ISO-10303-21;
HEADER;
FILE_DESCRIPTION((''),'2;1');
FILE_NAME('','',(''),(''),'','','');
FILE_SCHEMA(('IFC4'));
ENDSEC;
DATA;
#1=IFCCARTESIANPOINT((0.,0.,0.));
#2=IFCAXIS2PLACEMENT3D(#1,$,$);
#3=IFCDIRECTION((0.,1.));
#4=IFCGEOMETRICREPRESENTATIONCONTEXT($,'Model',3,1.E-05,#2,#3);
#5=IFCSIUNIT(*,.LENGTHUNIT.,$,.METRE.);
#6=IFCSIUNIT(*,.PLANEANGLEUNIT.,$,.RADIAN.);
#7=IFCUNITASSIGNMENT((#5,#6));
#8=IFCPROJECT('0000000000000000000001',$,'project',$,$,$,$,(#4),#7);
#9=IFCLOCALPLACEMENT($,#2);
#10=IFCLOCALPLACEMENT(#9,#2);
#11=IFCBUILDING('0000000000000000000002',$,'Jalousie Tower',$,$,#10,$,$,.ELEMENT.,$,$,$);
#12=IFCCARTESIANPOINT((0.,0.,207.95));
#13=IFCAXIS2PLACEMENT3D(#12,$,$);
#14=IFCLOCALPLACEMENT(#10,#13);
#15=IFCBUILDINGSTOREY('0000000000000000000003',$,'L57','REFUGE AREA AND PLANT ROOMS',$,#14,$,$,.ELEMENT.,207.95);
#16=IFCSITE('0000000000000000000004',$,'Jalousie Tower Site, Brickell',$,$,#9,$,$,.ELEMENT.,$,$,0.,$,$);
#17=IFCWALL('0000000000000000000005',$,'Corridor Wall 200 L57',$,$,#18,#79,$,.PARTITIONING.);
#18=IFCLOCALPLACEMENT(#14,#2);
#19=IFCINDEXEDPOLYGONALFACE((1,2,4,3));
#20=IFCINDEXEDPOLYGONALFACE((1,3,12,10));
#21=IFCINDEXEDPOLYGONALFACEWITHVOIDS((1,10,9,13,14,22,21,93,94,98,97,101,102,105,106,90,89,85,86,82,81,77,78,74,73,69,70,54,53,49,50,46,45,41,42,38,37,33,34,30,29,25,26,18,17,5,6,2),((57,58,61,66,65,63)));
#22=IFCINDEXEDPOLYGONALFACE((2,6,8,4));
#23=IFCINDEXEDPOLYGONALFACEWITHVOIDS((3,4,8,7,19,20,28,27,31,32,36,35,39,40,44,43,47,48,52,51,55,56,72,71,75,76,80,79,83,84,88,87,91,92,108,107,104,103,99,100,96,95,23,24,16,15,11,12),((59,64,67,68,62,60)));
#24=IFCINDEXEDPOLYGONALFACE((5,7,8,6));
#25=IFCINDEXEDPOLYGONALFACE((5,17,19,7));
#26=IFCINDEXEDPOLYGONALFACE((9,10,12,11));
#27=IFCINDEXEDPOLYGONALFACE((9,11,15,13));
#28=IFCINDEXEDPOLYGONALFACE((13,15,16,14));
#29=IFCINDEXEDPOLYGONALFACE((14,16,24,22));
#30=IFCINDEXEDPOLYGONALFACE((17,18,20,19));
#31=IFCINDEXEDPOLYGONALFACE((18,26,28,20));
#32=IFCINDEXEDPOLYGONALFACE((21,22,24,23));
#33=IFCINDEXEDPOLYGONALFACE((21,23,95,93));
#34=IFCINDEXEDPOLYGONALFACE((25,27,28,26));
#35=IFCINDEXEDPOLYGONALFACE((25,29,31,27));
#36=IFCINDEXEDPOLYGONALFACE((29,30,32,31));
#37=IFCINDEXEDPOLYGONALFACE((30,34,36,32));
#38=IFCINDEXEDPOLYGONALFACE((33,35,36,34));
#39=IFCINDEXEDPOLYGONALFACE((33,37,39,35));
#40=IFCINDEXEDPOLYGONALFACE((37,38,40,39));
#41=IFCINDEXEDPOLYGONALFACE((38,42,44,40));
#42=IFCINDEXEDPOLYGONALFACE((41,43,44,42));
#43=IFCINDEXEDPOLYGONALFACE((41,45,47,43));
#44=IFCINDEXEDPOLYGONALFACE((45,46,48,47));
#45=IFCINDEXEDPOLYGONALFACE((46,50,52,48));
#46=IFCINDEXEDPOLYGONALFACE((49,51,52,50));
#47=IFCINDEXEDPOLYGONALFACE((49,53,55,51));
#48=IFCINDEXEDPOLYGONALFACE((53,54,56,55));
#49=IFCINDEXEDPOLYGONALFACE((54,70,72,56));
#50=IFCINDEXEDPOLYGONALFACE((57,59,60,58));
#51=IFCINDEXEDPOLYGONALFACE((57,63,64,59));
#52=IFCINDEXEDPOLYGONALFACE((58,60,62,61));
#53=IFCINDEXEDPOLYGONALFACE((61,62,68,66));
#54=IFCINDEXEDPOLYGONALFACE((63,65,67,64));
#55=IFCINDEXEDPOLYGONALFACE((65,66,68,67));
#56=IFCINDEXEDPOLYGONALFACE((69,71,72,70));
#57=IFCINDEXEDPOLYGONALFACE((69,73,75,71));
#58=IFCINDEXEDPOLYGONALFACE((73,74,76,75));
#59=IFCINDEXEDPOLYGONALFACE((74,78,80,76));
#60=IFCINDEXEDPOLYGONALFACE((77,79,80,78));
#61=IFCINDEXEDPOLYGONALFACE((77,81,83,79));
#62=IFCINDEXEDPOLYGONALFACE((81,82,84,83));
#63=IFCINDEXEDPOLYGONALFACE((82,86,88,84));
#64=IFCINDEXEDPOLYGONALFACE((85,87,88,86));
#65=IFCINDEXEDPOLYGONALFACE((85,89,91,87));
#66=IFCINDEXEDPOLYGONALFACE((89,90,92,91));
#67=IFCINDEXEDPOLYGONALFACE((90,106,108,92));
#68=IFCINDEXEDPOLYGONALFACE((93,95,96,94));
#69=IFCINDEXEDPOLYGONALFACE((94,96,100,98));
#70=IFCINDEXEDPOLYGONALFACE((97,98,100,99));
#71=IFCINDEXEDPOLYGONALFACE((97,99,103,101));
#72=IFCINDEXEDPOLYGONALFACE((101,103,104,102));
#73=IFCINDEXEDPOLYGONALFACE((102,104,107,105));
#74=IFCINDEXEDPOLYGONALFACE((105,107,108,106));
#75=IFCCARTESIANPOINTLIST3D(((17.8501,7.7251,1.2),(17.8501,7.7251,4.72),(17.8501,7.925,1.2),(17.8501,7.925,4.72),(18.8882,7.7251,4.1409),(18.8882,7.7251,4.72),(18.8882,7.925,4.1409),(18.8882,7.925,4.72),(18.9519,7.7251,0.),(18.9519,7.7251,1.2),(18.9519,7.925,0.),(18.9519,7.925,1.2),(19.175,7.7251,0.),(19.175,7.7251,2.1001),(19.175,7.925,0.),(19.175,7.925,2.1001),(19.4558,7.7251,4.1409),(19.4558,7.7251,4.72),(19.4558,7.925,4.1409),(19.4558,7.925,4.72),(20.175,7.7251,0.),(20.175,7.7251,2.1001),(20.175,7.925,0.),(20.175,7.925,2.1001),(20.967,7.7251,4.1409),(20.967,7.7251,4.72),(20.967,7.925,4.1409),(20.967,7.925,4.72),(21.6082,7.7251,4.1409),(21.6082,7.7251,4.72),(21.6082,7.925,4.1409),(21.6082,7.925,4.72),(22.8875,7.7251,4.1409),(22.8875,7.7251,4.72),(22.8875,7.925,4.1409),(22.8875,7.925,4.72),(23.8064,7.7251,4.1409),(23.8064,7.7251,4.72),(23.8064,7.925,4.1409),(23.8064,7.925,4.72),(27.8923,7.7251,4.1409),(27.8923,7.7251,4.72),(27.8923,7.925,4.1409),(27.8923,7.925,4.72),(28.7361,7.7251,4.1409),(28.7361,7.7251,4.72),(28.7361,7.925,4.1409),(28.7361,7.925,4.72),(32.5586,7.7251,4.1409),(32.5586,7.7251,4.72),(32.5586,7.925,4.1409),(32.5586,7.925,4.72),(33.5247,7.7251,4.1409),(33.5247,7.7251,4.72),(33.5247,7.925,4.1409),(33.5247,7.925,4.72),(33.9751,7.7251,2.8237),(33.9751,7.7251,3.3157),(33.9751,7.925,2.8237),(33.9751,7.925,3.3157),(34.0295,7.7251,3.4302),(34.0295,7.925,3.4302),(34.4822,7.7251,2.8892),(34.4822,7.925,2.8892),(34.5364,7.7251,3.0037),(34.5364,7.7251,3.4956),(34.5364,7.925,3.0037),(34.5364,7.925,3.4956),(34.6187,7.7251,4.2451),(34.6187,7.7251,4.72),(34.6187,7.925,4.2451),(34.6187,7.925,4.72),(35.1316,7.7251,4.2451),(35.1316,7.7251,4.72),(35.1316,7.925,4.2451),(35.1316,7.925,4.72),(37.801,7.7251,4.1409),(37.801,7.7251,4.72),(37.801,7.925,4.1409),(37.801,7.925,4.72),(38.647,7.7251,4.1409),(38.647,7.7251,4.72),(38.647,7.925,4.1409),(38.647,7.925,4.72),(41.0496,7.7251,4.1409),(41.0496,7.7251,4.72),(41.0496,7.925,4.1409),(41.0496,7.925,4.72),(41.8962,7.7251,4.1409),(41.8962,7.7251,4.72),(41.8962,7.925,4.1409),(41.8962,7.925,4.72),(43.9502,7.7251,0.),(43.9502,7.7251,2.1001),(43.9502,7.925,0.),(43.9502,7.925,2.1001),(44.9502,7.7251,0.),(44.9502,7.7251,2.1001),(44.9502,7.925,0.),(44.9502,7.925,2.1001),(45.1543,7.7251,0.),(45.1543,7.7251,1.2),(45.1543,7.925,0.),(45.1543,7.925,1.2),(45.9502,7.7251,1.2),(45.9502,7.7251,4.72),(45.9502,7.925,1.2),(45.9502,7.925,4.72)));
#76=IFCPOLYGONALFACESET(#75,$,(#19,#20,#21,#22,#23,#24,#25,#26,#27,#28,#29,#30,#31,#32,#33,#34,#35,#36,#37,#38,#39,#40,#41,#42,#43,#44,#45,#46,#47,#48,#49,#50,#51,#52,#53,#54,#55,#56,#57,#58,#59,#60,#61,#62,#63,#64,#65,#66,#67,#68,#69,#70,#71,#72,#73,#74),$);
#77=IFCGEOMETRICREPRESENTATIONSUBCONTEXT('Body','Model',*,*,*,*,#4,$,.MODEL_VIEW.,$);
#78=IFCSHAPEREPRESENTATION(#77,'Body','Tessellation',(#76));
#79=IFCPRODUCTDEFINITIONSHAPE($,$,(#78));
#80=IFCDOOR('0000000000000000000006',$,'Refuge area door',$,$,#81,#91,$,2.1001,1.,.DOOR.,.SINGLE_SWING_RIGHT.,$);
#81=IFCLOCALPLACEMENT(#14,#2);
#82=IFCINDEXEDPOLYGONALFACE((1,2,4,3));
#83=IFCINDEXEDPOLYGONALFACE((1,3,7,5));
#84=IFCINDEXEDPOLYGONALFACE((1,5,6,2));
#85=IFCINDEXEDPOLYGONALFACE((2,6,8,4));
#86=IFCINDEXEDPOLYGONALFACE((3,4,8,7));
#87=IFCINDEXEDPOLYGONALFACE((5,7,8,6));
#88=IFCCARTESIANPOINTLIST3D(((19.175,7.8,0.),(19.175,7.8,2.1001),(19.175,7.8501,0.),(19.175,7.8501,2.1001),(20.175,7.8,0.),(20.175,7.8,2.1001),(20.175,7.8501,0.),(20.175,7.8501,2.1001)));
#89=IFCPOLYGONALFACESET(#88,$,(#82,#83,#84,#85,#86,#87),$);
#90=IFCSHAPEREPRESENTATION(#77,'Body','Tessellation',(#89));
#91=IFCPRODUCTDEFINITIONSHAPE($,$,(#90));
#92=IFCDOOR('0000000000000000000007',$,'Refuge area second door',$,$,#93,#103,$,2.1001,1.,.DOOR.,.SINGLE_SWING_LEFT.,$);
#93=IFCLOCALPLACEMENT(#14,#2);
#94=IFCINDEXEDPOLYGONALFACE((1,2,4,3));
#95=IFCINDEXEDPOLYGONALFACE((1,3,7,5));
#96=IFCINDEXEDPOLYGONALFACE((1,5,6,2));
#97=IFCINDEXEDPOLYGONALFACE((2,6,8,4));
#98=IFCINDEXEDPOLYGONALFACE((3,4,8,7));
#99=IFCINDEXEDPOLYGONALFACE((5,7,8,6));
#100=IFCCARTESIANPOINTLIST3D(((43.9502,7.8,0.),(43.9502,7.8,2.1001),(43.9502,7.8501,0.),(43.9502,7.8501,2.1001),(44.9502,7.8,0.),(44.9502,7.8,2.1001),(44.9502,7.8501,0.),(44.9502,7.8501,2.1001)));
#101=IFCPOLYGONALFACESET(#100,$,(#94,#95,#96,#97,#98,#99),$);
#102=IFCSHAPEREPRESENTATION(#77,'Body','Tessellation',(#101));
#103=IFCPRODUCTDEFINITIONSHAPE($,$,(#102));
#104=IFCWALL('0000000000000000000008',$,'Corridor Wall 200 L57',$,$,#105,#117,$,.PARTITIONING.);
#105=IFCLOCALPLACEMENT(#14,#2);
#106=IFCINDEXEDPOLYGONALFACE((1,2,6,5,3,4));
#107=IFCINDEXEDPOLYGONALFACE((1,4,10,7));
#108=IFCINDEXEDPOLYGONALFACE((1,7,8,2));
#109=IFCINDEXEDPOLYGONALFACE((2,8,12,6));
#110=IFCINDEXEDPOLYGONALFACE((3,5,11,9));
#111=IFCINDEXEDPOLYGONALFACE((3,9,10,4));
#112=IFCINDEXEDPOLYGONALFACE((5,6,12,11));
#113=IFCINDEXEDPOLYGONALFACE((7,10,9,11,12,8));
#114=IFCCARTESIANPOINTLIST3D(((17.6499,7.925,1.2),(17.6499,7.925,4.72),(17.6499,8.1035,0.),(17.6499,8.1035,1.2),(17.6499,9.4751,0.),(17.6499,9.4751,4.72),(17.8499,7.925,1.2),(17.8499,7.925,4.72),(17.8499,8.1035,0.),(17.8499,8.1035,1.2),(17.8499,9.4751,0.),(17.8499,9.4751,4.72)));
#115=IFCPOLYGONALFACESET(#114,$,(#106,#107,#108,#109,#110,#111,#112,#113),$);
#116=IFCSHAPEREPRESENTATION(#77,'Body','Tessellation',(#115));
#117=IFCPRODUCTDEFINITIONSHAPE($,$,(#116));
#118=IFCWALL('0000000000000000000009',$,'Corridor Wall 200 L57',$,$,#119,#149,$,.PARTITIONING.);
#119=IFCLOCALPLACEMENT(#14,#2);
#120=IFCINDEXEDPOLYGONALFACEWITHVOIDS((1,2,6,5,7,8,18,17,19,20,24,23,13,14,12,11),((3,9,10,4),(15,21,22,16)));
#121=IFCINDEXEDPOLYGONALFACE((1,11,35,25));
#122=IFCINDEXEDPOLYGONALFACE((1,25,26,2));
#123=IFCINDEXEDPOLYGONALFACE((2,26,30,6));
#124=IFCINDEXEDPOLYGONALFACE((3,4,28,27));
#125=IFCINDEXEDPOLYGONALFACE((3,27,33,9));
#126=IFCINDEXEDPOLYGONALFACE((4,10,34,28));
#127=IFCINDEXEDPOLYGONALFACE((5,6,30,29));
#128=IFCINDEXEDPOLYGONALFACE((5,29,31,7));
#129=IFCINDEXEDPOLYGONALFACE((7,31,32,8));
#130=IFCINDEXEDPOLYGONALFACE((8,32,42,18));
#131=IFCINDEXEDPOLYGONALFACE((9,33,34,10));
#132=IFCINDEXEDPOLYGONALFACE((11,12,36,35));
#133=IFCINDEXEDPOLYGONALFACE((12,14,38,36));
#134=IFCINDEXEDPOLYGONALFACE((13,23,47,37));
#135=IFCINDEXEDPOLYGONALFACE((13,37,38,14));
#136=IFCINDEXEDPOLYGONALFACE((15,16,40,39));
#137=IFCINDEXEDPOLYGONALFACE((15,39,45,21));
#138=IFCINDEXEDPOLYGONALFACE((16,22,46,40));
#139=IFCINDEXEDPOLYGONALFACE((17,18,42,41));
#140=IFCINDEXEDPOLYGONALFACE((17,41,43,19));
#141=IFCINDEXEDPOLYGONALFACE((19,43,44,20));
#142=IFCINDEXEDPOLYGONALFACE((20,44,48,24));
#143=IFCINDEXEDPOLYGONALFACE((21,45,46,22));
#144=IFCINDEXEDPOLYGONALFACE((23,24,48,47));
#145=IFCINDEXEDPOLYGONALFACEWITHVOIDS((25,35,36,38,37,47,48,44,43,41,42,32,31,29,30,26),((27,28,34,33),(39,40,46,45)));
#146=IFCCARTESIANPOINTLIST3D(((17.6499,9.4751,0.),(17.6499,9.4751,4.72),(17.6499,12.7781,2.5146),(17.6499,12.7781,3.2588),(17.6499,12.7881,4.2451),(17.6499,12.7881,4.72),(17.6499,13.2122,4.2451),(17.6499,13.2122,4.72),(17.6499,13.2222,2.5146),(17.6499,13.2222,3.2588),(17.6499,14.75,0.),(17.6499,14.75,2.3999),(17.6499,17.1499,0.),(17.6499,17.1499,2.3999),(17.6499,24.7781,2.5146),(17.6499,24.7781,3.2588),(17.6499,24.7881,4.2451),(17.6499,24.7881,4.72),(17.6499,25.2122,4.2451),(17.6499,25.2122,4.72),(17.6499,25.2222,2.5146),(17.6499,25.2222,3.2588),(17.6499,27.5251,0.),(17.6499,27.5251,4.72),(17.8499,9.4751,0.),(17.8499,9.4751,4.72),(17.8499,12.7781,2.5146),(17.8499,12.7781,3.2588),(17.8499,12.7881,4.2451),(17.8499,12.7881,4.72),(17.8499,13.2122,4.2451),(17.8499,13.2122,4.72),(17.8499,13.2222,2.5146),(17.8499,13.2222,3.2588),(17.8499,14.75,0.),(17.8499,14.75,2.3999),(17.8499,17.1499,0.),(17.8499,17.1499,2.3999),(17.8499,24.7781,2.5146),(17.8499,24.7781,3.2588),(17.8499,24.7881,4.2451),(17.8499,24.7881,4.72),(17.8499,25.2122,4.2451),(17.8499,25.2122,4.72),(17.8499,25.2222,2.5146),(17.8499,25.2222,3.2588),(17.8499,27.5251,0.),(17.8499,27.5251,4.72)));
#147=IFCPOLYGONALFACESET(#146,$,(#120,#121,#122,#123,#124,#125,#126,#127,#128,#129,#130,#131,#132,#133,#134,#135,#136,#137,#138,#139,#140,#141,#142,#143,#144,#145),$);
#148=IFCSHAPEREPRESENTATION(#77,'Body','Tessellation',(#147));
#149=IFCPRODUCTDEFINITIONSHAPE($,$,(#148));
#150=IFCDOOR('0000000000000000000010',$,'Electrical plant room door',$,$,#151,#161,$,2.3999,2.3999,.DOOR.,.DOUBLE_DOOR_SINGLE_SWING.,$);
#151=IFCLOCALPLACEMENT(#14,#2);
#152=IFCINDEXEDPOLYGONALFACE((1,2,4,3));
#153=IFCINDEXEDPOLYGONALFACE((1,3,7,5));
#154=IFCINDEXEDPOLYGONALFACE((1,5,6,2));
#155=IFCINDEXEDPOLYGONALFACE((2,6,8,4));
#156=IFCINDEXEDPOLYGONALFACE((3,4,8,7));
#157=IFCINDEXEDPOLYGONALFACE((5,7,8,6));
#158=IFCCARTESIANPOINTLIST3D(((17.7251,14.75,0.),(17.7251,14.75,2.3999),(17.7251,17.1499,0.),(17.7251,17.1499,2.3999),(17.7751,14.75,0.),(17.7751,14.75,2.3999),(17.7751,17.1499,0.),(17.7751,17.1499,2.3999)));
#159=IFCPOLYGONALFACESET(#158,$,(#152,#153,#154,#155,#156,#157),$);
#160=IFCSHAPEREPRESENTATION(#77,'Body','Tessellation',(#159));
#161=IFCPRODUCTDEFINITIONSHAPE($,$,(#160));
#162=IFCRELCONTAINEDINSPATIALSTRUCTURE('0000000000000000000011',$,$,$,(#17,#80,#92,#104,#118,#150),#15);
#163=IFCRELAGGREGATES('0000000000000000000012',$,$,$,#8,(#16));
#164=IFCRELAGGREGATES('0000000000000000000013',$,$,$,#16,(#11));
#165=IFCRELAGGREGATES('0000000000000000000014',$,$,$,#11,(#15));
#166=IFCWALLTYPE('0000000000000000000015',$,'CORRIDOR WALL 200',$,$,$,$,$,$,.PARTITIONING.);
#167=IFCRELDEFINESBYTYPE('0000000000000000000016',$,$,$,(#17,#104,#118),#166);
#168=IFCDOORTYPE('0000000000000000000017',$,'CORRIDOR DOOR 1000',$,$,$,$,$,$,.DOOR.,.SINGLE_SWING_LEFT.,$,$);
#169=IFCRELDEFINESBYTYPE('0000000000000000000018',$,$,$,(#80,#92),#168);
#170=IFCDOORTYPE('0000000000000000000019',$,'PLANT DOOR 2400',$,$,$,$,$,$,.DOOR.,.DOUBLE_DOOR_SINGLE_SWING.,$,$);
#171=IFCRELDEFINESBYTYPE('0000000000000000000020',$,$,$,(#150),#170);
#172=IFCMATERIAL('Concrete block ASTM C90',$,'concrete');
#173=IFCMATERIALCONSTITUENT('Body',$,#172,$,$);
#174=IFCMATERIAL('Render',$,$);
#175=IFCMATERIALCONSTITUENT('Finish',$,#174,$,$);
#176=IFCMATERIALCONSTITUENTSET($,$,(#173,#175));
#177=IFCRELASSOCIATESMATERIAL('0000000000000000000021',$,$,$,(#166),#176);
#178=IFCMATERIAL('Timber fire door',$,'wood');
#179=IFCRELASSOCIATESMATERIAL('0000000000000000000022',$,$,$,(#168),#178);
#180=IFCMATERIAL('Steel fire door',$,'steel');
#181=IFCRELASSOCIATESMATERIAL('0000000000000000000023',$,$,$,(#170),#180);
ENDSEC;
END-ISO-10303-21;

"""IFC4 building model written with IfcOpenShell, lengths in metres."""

from ifc_helpers import new_model, si_unit, direction, frame, frame_2d, origin, place, context, subcontext, project, spatial, polyline, rectangle, outline, extrude, material, constituent, constituent_set, type_object, element, fill, save


model = new_model("IFC4")

# Units and contexts
model_context = context("Model", 3, precision=1e-05, world=origin(), true_north=direction((0.0, 1.0)))
body_context = subcontext(model_context, "Body", "Model", "MODEL_VIEW")
ifc_project = project(units=[si_unit("LENGTHUNIT", "METRE"), si_unit("PLANEANGLEUNIT", "RADIAN")], contexts=[model_context])

# Site, building, storey
site_placement = place(None, origin())
site = spatial("IfcSite", under=ifc_project, at=site_placement, Name="Jalousie Tower Site, Brickell", CompositionType="ELEMENT", RefElevation=0.0)
building_placement = place(site_placement, origin())
building = spatial("IfcBuilding", under=site, at=building_placement, Name="Jalousie Tower", CompositionType="ELEMENT")
storey_placement = place(building_placement, frame((0.0, 0.0, 207.95)))
storey = spatial("IfcBuildingStorey", under=building, at=storey_placement, Name="L57", Description="REFUGE AREA AND PLANT ROOMS", CompositionType="ELEMENT", Elevation=207.95)

# Wall, openings, doors
ifc_material_1 = material(Name="Concrete block ASTM C90", Category="concrete")
ifc_constituent_1 = constituent(ifc_material_1, Name="Body")
ifc_material_2 = material(Name="Render")
ifc_constituent_2 = constituent(ifc_material_2, Name="Finish")
ifc_constituent_set_1 = constituent_set(constituents=[ifc_constituent_1, ifc_constituent_2])
wall_type_1 = type_object("IfcWallType", Name="CORRIDOR WALL 200", PredefinedType="PARTITIONING", material=ifc_constituent_set_1)
wall_1_placement = place(storey_placement, frame((17.8501, 7.825, 0.0), z_axis=(0.0, 0.0, 1.0), x_axis=(1.0, 0.0, 0.0)))
wall_1 = element("IfcWall", 1, at=wall_1_placement, inside=storey, type_object=wall_type_1, Name="Corridor Wall 200 L57", PredefinedType="PARTITIONING", context=body_context, shape_type="SweptSolid", body=[
    extrude(outline(polyline([(28.1001, 1.2), (28.1001, 4.72), (24.0461, 4.72), (24.0461, 4.1409), (23.1995, 4.1409), (23.1995, 4.72), (20.7969, 4.72), (20.7969, 4.1409), (19.9509, 4.1409), (19.9509, 4.72), (17.2815, 4.72), (17.2815, 4.2451), (16.7686, 4.2451), (16.7686, 4.72), (15.6746, 4.72), (15.6746, 4.1409), (14.7085, 4.1409), (14.7085, 4.72), (10.886, 4.72), (10.886, 4.1409), (10.0422, 4.1409), (10.0422, 4.72), (5.9563, 4.72), (5.9563, 4.1409), (5.0374, 4.1409), (5.0374, 4.72), (3.7581, 4.72), (3.7581, 4.1409), (3.1169, 4.1409), (3.1169, 4.72), (1.6057, 4.72), (1.6057, 4.1409), (1.0381, 4.1409), (1.0381, 4.72), (0.0, 4.72), (0.0, 1.2), (1.1018, 1.2), (1.1018, 0.0), (27.3042, 0.0), (27.3042, 1.2), (28.1001, 1.2)]), holes=[polyline([(16.1794, 3.4302), (16.6863, 3.4956), (16.6863, 3.0037), (16.6321, 2.8892), (16.125, 2.8237), (16.125, 3.3157), (16.1794, 3.4302)])]), frame((0.0, 0.1001, 0.0), z_axis=(0.0, -1.0, 0.0), x_axis=(1.0, 0.0, 0.0)), (0.0, 0.0, 1.0), 0.2),
])
opening_1_placement = place(wall_1_placement, frame((1.325, 0.0, 0.0)))
opening_1 = element("IfcOpeningElement", 2, at=opening_1_placement, cuts=wall_1, PredefinedType="OPENING", context=body_context, shape_type="SweptSolid", body=[
    extrude(rectangle(XDim=1.0, YDim=2.1001, at=frame_2d((0.5, 1.05))), frame((0.0, 0.1099, 0.0), z_axis=(0.0, -1.0, 0.0), x_axis=(1.0, 0.0, 0.0)), (0.0, 0.0, 1.0), 0.22),
])
opening_2_placement = place(wall_1_placement, frame((26.1001, 0.0, 0.0)))
opening_2 = element("IfcOpeningElement", 3, at=opening_2_placement, cuts=wall_1, PredefinedType="OPENING", context=body_context, shape_type="SweptSolid", body=[
    extrude(rectangle(XDim=1.0, YDim=2.1001, at=frame_2d((0.5, 1.05))), frame((0.0, 0.1099, 0.0), z_axis=(0.0, -1.0, 0.0), x_axis=(1.0, 0.0, 0.0)), (0.0, 0.0, 1.0), 0.22),
])
ifc_material_3 = material(Name="Timber fire door", Category="wood")
door_type_1 = type_object("IfcDoorType", Name="CORRIDOR DOOR 1000", OperationType="SINGLE_SWING_LEFT", PredefinedType="DOOR", material=ifc_material_3)
door_1_placement = place(opening_1_placement, frame((1.0, 0.0, 0.0), z_axis=(0.0, 0.0, 1.0), x_axis=(-1.0, 0.0, 0.0)))
door_1 = element("IfcDoor", 4, at=door_1_placement, inside=storey, type_object=door_type_1, Name="Refuge area door", OperationType="SINGLE_SWING_RIGHT", OverallHeight=2.1001, OverallWidth=1.0, PredefinedType="DOOR", context=body_context, shape_type="SweptSolid", body=[
    extrude(rectangle(XDim=1.0, YDim=2.1001, at=frame_2d((0.5, 1.05))), frame((0.0, 0.0249, 0.0), z_axis=(0.0, -1.0, 0.0), x_axis=(1.0, 0.0, 0.0)), (0.0, 0.0, 1.0), 0.05),
])
fill(opening_1, door_1)
door_2_placement = place(opening_2_placement, frame((1.0, 0.0, 0.0), z_axis=(0.0, 0.0, 1.0), x_axis=(-1.0, 0.0, 0.0)))
door_2 = element("IfcDoor", 5, at=door_2_placement, inside=storey, type_object=door_type_1, Name="Refuge area second door", OperationType="SINGLE_SWING_LEFT", OverallHeight=2.1001, OverallWidth=1.0, PredefinedType="DOOR", context=body_context, shape_type="SweptSolid", body=[
    extrude(rectangle(XDim=1.0, YDim=2.1001, at=frame_2d((0.5, 1.05))), frame((0.0, 0.0249, 0.0), z_axis=(0.0, -1.0, 0.0), x_axis=(1.0, 0.0, 0.0)), (0.0, 0.0, 1.0), 0.05),
])
fill(opening_2, door_2)

# Wall
wall_2_placement = place(storey_placement, frame((17.75, 7.925, 0.0), z_axis=(0.0, 0.0, 1.0), x_axis=(0.0, 1.0, 0.0)))
element("IfcWall", 6, at=wall_2_placement, inside=storey, type_object=wall_type_1, Name="Corridor Wall 200 L57", PredefinedType="PARTITIONING", context=body_context, shape_type="SweptSolid", body=[
    extrude(outline(polyline([(1.55, 4.72), (0.0, 4.72), (0.0, 1.2), (0.1785, 1.2), (0.1785, 0.0), (1.55, 0.0), (1.55, 4.72)])), frame((0.0, 0.1001, 0.0), z_axis=(0.0, -1.0, 0.0), x_axis=(1.0, 0.0, 0.0)), (0.0, 0.0, 1.0), 0.2),
])

# Wall, opening, door
wall_3_placement = place(storey_placement, frame((17.75, 9.4751, 0.0), z_axis=(0.0, 0.0, 1.0), x_axis=(0.0, 1.0, 0.0)))
wall_3 = element("IfcWall", 7, at=wall_3_placement, inside=storey, type_object=wall_type_1, Name="Corridor Wall 200 L57", PredefinedType="PARTITIONING", context=body_context, shape_type="SweptSolid", body=[
    extrude(outline(polyline([(18.05, 0.0), (18.05, 4.72), (15.7371, 4.72), (15.7371, 4.2451), (15.313, 4.2451), (15.313, 4.72), (3.7371, 4.72), (3.7371, 4.2451), (3.313, 4.2451), (3.313, 4.72), (0.0, 4.72), (0.0, 0.0), (18.05, 0.0)]), holes=[polyline([(3.303, 2.5146), (3.303, 3.2588), (3.7471, 3.2588), (3.7471, 2.5146), (3.303, 2.5146)]), polyline([(15.303, 2.5146), (15.303, 3.2588), (15.7471, 3.2588), (15.7471, 2.5146), (15.303, 2.5146)])]), frame((0.0, 0.1001, 0.0), z_axis=(0.0, -1.0, 0.0), x_axis=(1.0, 0.0, 0.0)), (0.0, 0.0, 1.0), 0.2),
])
opening_3_placement = place(wall_3_placement, frame((5.2749, 0.0, 0.0)))
opening_3 = element("IfcOpeningElement", 8, at=opening_3_placement, cuts=wall_3, PredefinedType="OPENING", context=body_context, shape_type="SweptSolid", body=[
    extrude(rectangle(XDim=2.3999, YDim=2.3999, at=frame_2d((1.2, 1.2))), frame((0.0, 0.1099, 0.0), z_axis=(0.0, -1.0, 0.0), x_axis=(1.0, 0.0, 0.0)), (0.0, 0.0, 1.0), 0.22),
])
ifc_material_4 = material(Name="Steel fire door", Category="steel")
door_type_2 = type_object("IfcDoorType", Name="PLANT DOOR 2400", OperationType="DOUBLE_DOOR_SINGLE_SWING", PredefinedType="DOOR", material=ifc_material_4)
door_3_placement = place(opening_3_placement, origin())
door_3 = element("IfcDoor", 9, at=door_3_placement, inside=storey, type_object=door_type_2, Name="Electrical plant room door", OperationType="DOUBLE_DOOR_SINGLE_SWING", OverallHeight=2.3999, OverallWidth=2.3999, PredefinedType="DOOR", context=body_context, shape_type="SweptSolid", body=[
    extrude(rectangle(XDim=2.3999, YDim=2.3999, at=frame_2d((1.2, 1.2))), frame((0.0, 0.0249, 0.0), z_axis=(0.0, -1.0, 0.0), x_axis=(1.0, 0.0, 0.0)), (0.0, 0.0, 1.0), 0.05),
])
fill(opening_3, door_3)

save(model, "model.ifc")
